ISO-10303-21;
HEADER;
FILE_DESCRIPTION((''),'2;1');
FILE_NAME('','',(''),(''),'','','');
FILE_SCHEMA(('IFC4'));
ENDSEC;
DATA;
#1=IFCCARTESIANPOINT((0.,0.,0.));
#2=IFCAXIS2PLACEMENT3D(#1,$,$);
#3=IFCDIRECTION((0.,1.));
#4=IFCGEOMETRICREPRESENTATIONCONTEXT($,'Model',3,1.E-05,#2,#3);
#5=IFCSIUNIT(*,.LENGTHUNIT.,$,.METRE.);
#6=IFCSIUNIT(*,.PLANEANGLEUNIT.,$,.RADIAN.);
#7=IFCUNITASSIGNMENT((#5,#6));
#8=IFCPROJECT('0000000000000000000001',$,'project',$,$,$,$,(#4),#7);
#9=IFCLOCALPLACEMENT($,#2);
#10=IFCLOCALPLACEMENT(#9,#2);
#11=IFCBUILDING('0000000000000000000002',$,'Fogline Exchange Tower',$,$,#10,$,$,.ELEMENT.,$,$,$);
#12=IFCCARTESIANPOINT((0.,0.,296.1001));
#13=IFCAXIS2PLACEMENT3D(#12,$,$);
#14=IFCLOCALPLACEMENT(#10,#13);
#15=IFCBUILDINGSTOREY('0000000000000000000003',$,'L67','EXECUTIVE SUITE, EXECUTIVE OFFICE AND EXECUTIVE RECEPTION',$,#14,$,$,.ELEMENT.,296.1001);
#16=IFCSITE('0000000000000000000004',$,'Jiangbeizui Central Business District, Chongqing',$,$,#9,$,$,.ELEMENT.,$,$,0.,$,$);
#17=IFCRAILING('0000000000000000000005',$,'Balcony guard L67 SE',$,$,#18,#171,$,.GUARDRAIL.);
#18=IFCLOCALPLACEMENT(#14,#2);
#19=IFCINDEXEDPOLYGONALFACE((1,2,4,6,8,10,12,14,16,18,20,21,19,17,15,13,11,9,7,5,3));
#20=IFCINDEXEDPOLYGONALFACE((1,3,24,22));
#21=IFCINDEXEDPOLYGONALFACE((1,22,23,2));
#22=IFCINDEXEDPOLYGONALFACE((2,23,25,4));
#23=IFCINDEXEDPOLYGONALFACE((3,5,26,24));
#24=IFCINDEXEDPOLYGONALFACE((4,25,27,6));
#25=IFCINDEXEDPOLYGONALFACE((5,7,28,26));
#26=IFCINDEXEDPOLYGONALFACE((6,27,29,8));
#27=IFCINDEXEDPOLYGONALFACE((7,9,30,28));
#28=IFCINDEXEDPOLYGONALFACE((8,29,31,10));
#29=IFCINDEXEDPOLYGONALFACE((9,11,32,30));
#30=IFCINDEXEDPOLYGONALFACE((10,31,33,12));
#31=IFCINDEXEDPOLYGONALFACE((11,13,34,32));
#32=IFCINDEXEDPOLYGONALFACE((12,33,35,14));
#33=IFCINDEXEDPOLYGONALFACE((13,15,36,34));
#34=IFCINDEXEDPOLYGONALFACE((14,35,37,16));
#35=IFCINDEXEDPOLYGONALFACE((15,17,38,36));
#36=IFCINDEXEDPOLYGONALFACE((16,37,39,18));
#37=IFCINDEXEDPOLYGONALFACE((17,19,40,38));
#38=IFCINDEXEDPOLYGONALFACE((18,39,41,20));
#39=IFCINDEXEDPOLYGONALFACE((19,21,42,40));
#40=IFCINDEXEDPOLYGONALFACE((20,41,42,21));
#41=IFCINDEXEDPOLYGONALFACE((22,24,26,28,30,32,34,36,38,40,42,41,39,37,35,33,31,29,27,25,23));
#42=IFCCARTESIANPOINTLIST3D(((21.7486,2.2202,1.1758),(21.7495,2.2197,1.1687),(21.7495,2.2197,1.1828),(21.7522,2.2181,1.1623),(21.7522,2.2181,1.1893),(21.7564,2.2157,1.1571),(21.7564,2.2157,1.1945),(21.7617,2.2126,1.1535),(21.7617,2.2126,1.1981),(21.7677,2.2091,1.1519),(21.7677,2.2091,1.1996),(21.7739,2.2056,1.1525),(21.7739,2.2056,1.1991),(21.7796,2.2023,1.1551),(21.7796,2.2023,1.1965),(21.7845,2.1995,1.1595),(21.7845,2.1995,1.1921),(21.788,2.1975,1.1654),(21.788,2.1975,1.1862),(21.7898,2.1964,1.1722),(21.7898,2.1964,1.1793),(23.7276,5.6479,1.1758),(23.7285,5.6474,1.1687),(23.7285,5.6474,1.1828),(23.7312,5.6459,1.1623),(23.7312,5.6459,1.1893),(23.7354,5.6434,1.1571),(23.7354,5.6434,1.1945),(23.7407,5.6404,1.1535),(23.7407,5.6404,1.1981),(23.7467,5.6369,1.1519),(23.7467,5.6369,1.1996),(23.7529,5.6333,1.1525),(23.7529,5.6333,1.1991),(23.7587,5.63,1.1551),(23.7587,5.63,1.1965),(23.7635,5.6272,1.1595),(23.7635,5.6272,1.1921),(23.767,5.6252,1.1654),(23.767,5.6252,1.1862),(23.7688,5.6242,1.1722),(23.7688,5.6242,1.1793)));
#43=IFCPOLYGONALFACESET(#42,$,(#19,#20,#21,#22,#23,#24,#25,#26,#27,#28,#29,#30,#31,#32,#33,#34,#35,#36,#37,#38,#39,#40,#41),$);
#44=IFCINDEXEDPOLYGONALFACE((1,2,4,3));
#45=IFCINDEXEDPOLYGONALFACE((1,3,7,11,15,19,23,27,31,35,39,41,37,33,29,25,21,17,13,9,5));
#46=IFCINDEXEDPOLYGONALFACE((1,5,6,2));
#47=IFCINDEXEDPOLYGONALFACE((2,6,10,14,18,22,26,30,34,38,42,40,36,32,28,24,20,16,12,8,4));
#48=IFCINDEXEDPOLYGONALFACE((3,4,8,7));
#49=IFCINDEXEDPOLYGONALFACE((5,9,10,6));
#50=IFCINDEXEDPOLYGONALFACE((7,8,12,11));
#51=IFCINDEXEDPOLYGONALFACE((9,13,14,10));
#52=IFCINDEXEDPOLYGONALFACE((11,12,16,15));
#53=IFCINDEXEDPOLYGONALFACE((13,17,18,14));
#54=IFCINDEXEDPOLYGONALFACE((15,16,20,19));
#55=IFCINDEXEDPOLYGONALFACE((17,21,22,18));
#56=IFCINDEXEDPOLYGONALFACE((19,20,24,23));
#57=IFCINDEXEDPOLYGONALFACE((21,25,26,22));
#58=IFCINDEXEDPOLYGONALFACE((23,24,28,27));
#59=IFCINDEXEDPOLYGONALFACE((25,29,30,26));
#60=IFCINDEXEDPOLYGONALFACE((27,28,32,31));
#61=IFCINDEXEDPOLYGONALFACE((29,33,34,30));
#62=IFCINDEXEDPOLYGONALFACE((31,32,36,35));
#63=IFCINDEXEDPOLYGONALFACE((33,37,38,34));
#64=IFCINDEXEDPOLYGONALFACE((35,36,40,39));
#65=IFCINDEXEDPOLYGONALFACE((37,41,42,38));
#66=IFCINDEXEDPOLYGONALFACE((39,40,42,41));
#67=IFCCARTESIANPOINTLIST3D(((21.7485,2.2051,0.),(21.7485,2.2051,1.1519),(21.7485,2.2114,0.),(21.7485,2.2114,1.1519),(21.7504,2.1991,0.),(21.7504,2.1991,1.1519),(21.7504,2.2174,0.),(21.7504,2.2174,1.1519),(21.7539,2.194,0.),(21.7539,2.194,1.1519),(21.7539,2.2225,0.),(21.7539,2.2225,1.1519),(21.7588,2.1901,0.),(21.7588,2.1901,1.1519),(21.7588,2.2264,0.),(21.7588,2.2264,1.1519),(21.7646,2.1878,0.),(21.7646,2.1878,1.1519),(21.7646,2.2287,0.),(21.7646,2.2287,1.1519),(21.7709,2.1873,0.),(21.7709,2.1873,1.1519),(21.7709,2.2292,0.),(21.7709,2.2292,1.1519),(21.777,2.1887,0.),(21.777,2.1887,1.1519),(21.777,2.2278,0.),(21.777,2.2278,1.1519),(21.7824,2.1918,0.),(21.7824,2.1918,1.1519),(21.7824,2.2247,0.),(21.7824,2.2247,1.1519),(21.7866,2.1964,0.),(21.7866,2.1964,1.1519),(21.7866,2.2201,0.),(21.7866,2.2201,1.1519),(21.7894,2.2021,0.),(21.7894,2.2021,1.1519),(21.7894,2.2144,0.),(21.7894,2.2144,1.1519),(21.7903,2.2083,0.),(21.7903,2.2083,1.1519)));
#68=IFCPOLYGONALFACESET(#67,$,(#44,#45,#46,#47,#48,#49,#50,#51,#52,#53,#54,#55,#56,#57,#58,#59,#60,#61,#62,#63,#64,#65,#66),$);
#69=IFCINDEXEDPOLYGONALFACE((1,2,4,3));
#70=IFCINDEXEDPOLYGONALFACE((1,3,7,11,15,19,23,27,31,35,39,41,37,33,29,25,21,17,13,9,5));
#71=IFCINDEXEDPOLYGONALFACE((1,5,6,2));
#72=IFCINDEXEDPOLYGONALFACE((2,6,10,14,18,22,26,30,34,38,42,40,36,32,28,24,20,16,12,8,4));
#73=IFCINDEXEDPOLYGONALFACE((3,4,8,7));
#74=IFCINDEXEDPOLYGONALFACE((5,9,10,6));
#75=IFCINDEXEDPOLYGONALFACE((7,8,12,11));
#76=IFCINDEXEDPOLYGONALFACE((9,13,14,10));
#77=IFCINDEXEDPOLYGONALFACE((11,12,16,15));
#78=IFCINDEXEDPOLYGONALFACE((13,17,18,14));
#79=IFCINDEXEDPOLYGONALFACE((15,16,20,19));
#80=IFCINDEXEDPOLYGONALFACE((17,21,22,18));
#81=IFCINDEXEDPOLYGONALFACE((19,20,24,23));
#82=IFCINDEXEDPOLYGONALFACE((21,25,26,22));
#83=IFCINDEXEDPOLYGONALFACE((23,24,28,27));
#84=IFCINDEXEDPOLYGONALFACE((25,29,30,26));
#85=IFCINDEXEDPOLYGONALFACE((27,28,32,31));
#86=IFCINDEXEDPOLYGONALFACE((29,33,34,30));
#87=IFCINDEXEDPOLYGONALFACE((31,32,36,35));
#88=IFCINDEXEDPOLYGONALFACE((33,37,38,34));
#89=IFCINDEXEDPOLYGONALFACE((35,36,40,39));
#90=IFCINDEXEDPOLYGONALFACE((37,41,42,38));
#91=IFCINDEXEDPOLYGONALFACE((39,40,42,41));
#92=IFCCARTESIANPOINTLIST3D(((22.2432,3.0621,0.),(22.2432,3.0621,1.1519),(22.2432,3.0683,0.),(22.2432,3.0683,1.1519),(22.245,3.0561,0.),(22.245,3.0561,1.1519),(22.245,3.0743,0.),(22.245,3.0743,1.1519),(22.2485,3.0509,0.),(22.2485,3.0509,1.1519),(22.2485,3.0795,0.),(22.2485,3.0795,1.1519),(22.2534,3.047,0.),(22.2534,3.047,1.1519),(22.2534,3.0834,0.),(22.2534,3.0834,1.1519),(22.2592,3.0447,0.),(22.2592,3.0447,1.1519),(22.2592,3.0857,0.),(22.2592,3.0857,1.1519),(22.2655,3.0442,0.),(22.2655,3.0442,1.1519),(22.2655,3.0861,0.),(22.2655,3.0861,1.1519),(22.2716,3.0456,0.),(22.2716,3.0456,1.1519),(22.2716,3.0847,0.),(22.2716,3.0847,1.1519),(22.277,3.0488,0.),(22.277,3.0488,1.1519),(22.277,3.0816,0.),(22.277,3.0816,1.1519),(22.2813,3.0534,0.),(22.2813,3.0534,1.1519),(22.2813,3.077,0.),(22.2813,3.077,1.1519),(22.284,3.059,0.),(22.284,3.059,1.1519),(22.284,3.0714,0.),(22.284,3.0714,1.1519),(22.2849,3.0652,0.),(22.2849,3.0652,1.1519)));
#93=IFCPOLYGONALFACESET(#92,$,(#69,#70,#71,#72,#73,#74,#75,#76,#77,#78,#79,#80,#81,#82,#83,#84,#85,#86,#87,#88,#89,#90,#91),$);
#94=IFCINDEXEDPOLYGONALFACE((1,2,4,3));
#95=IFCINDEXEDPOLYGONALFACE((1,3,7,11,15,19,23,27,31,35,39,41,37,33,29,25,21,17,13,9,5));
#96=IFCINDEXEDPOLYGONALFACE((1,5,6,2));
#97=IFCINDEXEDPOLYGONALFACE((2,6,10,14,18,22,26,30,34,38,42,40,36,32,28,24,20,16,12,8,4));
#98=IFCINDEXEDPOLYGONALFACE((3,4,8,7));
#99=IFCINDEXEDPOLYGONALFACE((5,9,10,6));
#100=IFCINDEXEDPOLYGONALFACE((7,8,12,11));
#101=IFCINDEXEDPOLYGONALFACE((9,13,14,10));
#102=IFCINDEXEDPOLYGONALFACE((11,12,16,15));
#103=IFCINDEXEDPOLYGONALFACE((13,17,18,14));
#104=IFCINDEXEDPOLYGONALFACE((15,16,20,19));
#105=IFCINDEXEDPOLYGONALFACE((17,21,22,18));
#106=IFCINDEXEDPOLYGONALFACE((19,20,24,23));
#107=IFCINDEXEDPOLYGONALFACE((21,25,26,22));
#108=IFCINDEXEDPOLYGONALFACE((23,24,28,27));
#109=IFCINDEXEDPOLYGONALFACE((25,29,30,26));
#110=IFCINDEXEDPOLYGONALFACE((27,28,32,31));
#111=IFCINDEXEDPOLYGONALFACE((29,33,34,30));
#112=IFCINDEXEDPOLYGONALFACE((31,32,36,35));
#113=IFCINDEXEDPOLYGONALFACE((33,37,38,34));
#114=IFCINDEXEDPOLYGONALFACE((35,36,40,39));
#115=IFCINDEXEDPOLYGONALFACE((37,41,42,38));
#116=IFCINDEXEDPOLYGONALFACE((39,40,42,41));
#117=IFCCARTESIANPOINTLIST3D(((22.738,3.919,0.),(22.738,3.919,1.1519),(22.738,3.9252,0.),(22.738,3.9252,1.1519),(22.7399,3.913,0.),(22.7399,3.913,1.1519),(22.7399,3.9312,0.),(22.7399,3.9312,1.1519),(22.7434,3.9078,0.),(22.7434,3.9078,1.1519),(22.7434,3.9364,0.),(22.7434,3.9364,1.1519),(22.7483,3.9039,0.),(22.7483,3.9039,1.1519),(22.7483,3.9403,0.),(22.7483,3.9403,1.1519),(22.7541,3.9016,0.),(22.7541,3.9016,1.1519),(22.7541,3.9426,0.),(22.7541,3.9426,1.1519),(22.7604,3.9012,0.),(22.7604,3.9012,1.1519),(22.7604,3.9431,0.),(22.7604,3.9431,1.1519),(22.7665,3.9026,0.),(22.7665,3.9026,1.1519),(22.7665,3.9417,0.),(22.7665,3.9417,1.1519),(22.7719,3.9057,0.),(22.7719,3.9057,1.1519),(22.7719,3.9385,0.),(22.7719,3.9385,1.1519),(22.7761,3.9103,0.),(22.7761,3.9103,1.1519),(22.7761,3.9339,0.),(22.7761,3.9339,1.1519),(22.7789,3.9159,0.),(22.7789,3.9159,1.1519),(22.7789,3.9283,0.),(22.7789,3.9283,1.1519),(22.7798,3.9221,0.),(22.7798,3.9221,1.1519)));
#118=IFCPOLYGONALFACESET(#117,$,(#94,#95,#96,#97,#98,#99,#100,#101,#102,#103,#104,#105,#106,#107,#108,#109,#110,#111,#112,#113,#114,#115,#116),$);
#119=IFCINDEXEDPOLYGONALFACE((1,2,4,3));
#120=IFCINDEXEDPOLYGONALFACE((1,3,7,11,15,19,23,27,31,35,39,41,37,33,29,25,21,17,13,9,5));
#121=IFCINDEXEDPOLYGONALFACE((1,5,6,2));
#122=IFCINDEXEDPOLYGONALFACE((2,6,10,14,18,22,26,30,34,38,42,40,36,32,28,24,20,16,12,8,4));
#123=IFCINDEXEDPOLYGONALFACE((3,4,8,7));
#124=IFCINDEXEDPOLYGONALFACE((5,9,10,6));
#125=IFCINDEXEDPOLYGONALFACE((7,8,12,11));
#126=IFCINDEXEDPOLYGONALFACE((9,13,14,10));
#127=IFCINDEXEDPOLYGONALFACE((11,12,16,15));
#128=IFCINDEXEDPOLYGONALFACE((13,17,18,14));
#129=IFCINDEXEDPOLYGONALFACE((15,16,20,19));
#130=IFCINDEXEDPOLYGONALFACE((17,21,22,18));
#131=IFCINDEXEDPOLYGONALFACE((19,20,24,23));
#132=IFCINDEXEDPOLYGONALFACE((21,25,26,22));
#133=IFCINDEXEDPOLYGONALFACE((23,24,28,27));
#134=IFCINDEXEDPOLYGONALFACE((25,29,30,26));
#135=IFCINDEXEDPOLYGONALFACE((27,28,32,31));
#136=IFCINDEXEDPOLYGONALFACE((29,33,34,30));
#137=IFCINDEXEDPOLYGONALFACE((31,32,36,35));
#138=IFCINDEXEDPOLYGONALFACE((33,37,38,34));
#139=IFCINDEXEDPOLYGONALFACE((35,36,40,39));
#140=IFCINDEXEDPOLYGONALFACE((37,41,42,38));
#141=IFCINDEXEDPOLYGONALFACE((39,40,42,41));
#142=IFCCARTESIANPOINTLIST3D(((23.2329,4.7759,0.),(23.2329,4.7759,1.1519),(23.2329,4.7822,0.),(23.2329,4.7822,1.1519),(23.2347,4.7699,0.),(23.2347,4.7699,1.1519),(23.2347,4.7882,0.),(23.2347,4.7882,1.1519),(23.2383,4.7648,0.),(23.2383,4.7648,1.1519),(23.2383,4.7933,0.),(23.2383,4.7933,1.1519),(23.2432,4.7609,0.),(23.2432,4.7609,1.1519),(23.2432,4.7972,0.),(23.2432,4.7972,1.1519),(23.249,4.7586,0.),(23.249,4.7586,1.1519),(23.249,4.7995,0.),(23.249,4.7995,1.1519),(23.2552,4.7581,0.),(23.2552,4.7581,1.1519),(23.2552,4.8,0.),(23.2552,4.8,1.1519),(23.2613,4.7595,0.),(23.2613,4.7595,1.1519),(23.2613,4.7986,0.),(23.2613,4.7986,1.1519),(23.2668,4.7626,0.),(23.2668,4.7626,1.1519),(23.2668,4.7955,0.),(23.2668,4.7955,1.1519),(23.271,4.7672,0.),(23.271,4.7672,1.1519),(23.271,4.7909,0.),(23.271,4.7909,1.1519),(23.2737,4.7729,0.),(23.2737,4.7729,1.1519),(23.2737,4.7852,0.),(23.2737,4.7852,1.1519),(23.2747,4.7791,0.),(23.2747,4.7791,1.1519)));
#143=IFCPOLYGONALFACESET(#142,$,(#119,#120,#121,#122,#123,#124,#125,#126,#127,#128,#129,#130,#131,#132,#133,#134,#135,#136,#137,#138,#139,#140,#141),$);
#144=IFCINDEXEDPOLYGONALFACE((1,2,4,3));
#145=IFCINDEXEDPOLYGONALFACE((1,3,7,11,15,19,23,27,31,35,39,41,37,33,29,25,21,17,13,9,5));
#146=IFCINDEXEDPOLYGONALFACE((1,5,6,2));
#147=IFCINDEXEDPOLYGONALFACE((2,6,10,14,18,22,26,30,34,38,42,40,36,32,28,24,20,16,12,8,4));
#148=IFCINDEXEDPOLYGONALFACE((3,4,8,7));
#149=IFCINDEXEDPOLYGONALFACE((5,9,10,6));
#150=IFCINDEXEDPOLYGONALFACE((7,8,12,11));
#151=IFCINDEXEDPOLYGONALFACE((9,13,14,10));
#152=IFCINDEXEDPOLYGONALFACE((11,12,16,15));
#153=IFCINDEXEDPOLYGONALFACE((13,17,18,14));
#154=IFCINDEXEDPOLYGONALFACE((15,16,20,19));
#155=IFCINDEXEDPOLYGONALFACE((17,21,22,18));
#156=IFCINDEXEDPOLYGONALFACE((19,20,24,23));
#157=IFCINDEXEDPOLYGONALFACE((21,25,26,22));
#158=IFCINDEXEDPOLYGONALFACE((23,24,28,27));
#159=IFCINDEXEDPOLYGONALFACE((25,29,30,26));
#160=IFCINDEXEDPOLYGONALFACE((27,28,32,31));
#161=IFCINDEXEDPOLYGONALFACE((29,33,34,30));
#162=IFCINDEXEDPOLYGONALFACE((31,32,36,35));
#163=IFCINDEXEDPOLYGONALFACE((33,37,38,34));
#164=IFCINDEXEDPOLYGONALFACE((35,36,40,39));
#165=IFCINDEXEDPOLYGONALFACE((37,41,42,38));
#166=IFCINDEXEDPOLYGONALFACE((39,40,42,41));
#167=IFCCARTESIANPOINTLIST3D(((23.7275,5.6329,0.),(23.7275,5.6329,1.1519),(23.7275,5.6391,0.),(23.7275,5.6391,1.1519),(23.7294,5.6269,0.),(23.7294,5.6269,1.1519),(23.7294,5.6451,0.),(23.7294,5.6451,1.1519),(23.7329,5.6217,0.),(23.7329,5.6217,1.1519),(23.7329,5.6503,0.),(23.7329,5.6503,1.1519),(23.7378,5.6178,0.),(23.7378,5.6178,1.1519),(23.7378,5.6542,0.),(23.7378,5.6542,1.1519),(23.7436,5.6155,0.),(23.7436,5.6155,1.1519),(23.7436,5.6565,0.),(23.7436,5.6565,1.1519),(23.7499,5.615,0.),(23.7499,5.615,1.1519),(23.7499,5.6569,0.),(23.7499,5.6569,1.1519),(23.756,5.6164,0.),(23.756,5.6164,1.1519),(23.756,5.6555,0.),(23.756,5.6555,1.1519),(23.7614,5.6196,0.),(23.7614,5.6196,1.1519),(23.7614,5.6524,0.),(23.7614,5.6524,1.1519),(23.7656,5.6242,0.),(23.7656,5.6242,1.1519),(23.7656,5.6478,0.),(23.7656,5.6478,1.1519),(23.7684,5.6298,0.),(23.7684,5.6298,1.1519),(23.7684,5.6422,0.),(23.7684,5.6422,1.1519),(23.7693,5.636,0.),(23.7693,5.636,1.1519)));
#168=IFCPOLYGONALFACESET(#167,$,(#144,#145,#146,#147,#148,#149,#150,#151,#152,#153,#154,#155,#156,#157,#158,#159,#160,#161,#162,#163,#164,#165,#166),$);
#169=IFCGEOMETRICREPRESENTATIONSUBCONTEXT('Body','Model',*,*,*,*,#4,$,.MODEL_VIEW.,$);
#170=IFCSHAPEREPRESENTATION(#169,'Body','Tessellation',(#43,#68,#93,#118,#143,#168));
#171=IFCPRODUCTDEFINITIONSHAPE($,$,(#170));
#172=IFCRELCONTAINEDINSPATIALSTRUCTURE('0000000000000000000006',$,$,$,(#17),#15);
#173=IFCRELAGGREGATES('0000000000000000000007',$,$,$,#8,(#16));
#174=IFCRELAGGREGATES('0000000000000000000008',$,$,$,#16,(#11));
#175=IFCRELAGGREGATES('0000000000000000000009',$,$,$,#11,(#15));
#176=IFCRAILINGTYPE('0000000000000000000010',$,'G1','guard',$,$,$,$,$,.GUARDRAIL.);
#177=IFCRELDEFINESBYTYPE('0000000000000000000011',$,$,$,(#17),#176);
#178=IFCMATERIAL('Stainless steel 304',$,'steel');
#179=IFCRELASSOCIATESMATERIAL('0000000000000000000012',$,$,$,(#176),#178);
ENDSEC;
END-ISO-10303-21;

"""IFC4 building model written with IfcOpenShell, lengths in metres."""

from ifc_helpers import new_model, si_unit, direction, frame, origin, origin_2d, place, context, subcontext, project, spatial, circle, extrude, material, type_object, element, save


model = new_model("IFC4")

# Units and contexts
model_context = context("Model", 3, precision=1e-05, world=origin(), true_north=direction((0.0, 1.0)))
body_context = subcontext(model_context, "Body", "Model", "MODEL_VIEW")
ifc_project = project(units=[si_unit("LENGTHUNIT", "METRE"), si_unit("PLANEANGLEUNIT", "RADIAN")], contexts=[model_context])

# Site, building, storey
site_placement = place(None, origin())
site = spatial("IfcSite", under=ifc_project, at=site_placement, Name="Jiangbeizui Central Business District, Chongqing", CompositionType="ELEMENT", RefElevation=0.0)
building_placement = place(site_placement, origin())
building = spatial("IfcBuilding", under=site, at=building_placement, Name="Fogline Exchange Tower", CompositionType="ELEMENT")
storey_placement = place(building_placement, frame((0.0, 0.0, 296.1001)))
storey = spatial("IfcBuildingStorey", under=building, at=storey_placement, Name="L67", Description="EXECUTIVE SUITE, EXECUTIVE OFFICE AND EXECUTIVE RECEPTION", CompositionType="ELEMENT", Elevation=296.1001)

# Railing
ifc_material_1 = material(Name="Stainless steel 304", Category="steel")
railing_type = type_object("IfcRailingType", Name="G1", Description="guard", PredefinedType="GUARDRAIL", material=ifc_material_1)
railing_placement = place(storey_placement, frame((21.7693, 2.2083, 0.0)))
element("IfcRailing", 1, at=railing_placement, inside=storey, type_object=railing_type, Name="Balcony guard L67 SE", PredefinedType="GUARDRAIL", context=body_context, shape_type="SweptSolid", body=[
    extrude(circle(Radius=0.0239, at=origin_2d()), frame((0.0, 0.0, 1.1758), z_axis=(0.5, 0.866025, 0.0), x_axis=(-0.866025, 0.5, 0.0)), (0.0, 0.0, 1.0), 3.958),
    extrude(circle(Radius=0.021, at=origin_2d()), origin(), (0.0, 0.0, 1.0), 1.1519),
    extrude(circle(Radius=0.021, at=origin_2d()), frame((0.4946, 0.8569, 0.0)), (0.0, 0.0, 1.0), 1.1519),
    extrude(circle(Radius=0.021, at=origin_2d()), frame((0.9895, 1.7139, 0.0)), (0.0, 0.0, 1.0), 1.1519),
    extrude(circle(Radius=0.021, at=origin_2d()), frame((1.4844, 2.5708, 0.0)), (0.0, 0.0, 1.0), 1.1519),
    extrude(circle(Radius=0.021, at=origin_2d()), frame((1.979, 3.4277, 0.0)), (0.0, 0.0, 1.0), 1.1519),
])

save(model, "model.ifc")
